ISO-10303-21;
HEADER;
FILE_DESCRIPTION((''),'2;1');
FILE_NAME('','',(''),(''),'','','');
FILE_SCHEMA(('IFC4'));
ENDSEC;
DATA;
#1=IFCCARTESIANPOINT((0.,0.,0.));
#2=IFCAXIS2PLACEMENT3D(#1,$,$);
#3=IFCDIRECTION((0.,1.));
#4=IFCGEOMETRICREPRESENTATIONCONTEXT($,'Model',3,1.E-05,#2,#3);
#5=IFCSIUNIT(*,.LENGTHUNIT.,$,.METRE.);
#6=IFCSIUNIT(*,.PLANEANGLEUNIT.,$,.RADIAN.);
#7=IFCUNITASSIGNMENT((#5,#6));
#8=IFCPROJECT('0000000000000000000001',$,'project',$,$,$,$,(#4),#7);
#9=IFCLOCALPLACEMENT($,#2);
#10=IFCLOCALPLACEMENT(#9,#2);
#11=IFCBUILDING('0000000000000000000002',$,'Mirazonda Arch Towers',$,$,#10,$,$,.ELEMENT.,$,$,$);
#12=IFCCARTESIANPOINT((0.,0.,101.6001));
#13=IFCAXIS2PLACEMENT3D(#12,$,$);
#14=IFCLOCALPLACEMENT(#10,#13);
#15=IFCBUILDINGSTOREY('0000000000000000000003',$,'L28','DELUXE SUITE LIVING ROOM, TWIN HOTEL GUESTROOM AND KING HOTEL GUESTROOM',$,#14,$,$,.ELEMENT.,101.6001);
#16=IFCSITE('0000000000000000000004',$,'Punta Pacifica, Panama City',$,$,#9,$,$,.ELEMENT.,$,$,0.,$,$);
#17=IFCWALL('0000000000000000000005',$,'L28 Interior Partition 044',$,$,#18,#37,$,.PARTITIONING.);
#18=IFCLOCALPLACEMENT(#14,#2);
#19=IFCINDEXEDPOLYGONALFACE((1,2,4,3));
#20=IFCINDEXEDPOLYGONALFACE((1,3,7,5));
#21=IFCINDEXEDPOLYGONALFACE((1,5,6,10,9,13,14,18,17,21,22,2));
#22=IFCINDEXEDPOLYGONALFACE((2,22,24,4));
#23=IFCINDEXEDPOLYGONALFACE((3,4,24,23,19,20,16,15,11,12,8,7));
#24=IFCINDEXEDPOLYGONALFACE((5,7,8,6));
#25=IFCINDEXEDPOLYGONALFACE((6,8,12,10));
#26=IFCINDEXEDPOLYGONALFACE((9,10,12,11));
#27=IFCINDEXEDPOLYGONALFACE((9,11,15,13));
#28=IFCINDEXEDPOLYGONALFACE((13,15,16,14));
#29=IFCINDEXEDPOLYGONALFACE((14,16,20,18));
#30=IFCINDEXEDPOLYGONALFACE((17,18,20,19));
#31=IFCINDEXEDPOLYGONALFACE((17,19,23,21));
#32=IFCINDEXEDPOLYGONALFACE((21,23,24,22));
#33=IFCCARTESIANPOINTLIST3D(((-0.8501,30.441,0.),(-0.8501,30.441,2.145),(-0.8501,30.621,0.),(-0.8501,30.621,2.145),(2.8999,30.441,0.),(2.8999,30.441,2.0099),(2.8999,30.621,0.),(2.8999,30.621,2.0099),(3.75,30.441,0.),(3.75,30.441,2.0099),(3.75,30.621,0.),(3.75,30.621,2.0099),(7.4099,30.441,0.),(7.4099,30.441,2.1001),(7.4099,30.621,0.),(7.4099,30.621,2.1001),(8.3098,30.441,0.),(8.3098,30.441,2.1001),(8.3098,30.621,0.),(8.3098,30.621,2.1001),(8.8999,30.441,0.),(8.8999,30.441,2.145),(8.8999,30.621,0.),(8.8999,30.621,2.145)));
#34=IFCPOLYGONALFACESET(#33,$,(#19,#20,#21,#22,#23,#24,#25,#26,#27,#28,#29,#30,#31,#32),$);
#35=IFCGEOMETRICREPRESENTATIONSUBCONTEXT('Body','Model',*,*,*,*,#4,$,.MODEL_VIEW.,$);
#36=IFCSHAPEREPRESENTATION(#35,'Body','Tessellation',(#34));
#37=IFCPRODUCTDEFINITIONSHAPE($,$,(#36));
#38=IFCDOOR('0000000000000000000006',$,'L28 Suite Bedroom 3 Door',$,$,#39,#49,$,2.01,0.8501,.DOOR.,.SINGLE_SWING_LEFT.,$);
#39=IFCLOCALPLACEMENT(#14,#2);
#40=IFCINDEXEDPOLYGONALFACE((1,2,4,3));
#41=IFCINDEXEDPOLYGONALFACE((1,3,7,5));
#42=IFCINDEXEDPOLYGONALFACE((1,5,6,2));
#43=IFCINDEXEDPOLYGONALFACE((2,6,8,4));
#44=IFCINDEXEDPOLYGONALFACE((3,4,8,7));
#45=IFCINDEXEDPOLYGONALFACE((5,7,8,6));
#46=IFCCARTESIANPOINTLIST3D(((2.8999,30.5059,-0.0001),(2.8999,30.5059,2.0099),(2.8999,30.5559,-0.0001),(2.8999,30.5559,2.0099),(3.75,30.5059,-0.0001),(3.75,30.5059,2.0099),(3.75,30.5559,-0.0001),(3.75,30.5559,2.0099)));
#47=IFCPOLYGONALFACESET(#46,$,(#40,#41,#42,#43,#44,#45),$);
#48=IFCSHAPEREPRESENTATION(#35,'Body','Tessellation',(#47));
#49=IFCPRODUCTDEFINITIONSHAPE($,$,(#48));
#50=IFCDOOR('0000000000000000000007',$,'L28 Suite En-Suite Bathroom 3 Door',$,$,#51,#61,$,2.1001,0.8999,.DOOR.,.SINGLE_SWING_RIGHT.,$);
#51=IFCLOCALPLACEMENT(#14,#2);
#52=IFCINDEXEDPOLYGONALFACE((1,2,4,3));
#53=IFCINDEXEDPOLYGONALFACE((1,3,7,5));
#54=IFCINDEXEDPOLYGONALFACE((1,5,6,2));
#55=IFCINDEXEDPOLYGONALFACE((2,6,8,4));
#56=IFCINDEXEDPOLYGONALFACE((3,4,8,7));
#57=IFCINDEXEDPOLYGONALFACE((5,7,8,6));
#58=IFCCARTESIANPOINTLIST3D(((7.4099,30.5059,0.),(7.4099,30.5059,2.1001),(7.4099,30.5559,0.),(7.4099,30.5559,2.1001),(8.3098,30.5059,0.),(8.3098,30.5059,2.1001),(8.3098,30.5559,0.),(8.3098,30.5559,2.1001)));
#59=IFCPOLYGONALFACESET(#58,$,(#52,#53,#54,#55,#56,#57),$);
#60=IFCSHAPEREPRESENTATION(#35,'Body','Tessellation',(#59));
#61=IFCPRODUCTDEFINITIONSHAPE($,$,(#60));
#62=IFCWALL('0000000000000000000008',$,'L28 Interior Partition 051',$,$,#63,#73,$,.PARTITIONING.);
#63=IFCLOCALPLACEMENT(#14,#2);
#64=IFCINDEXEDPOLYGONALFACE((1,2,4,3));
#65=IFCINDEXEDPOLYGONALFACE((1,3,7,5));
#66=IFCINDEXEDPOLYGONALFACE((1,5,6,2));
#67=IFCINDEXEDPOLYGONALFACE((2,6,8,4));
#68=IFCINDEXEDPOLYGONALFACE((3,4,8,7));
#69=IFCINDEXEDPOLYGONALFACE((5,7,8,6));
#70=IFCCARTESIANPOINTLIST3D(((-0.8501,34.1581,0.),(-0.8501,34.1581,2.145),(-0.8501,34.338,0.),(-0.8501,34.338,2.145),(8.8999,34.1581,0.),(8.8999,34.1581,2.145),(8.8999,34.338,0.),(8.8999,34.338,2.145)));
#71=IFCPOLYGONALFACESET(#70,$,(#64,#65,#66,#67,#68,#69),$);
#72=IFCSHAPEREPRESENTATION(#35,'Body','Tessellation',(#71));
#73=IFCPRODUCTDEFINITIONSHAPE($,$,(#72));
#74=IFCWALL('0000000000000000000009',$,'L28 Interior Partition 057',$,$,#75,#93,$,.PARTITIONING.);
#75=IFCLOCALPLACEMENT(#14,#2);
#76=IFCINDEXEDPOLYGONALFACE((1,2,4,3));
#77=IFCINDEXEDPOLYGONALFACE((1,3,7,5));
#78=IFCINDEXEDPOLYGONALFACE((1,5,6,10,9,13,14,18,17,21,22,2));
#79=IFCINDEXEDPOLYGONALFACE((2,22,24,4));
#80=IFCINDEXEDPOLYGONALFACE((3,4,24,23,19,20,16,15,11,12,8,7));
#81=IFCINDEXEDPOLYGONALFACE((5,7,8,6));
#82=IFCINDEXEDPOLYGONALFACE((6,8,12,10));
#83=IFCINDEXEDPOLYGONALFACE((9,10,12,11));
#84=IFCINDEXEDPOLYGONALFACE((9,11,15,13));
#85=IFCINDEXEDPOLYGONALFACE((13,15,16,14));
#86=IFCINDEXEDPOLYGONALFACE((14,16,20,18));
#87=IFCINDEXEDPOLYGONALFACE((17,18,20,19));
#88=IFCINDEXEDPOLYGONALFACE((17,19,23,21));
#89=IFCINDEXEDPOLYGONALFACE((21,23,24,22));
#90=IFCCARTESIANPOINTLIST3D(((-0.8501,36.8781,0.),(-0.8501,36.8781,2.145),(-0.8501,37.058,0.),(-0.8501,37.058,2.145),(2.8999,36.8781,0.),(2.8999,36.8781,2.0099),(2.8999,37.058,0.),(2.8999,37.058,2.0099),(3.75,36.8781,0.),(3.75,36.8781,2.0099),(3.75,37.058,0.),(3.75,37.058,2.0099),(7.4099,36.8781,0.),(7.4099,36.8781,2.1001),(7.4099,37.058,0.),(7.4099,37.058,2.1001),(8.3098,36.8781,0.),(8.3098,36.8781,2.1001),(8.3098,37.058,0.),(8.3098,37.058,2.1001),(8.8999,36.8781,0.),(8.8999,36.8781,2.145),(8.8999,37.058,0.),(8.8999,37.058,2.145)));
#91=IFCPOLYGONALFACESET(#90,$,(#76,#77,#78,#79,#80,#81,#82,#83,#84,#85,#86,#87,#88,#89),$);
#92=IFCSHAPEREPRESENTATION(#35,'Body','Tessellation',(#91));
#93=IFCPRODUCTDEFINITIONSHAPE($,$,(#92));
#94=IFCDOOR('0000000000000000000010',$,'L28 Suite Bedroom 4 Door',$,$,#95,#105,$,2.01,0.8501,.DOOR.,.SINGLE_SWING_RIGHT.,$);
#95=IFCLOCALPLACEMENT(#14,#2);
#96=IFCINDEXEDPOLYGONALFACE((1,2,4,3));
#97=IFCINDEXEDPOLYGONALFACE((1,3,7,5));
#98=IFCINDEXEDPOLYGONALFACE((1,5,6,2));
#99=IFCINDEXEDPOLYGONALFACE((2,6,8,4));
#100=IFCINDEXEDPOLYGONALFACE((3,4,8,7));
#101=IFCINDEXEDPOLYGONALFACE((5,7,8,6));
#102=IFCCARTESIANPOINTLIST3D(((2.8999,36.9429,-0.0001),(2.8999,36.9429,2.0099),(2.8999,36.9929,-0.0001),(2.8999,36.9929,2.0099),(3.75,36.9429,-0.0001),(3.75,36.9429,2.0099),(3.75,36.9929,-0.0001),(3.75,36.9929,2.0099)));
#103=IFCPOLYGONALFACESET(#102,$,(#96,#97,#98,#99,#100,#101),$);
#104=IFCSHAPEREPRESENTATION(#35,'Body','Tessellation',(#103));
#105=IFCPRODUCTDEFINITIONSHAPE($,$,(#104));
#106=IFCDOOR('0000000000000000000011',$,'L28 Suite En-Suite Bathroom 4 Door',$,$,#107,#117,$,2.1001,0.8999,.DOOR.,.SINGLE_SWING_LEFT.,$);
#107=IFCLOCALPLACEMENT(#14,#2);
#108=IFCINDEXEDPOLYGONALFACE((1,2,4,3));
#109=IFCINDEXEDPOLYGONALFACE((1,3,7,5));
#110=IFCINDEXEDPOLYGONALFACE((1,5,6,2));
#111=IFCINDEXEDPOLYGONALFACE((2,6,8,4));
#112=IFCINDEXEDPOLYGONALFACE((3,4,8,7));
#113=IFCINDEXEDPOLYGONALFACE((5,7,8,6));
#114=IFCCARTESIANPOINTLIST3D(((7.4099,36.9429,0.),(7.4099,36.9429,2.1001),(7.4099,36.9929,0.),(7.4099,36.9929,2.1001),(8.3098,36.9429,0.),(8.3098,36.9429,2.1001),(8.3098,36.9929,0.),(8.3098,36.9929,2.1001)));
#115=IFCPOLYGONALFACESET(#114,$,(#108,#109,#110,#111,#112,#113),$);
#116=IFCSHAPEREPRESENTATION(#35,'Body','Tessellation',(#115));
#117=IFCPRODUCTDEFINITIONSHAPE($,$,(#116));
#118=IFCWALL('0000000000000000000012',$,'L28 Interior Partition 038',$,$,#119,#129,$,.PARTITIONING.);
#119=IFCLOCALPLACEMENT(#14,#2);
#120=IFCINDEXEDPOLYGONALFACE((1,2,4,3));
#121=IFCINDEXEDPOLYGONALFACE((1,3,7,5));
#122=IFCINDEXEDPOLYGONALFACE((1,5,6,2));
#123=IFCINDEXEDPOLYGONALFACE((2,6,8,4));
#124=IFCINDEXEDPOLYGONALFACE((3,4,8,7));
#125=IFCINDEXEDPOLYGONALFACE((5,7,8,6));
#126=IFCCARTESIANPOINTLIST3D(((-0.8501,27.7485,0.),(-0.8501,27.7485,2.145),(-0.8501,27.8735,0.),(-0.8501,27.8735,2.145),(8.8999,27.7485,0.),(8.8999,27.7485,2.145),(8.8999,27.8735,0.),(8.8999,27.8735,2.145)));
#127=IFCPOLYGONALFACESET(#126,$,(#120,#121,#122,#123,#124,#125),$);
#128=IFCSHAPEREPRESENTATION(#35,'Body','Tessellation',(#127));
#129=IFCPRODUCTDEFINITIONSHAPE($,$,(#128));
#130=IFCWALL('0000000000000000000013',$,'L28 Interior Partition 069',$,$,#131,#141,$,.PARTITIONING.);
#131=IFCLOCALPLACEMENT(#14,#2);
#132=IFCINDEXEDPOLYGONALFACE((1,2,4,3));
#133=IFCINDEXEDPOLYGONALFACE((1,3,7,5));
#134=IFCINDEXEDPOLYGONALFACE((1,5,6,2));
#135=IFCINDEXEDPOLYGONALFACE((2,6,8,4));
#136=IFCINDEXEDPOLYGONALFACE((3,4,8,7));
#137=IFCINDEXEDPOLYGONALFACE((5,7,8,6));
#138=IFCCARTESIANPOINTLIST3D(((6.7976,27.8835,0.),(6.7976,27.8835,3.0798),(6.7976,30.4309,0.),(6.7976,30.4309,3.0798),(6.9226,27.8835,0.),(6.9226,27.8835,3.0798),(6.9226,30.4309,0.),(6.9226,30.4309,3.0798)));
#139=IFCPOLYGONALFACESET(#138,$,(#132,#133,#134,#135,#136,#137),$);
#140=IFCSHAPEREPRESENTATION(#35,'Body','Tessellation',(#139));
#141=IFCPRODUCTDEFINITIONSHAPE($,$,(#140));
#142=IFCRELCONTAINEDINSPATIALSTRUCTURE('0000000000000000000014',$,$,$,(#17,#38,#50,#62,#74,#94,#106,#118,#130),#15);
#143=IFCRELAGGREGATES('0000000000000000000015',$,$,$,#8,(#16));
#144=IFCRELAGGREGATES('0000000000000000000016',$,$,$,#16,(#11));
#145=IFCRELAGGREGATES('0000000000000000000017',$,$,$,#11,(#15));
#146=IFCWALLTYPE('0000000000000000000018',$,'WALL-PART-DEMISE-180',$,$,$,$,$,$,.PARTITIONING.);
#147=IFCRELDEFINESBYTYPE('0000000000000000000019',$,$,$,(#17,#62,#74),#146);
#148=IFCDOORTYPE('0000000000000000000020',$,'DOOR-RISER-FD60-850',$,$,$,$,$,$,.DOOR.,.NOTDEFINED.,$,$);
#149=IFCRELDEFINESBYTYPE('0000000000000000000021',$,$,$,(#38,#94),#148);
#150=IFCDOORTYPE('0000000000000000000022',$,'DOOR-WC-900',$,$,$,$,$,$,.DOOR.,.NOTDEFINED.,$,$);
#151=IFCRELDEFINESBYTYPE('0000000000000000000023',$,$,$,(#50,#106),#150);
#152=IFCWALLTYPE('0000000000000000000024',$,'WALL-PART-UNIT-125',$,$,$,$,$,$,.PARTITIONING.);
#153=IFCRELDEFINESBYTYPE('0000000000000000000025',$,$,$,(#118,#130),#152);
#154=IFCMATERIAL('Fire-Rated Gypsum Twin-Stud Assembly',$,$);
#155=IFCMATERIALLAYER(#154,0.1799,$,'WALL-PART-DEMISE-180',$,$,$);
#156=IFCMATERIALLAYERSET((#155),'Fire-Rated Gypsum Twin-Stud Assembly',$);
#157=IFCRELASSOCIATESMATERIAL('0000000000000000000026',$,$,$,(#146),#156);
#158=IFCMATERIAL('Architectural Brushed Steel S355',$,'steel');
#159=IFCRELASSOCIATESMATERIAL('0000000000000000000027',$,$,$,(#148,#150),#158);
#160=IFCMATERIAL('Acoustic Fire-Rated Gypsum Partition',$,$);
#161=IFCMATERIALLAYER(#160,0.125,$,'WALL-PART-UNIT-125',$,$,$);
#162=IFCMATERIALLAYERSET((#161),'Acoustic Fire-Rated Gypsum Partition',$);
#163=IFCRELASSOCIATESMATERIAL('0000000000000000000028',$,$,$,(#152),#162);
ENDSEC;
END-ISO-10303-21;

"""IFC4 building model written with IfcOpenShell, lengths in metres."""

from ifc_helpers import new_model, si_unit, direction, frame, frame_2d, origin, place, context, subcontext, project, spatial, rectangle, extrude, material, layer, layer_set, type_object, element, fill, save


model = new_model("IFC4")

# Units and contexts
model_context = context("Model", 3, precision=1e-05, world=origin(), true_north=direction((0.0, 1.0)))
body_context = subcontext(model_context, "Body", "Model", "MODEL_VIEW")
ifc_project = project(units=[si_unit("LENGTHUNIT", "METRE"), si_unit("PLANEANGLEUNIT", "RADIAN")], contexts=[model_context])

# Site, building, storey
site_placement = place(None, origin())
site = spatial("IfcSite", under=ifc_project, at=site_placement, Name="Punta Pacifica, Panama City", CompositionType="ELEMENT", RefElevation=0.0)
building_placement = place(site_placement, origin())
building = spatial("IfcBuilding", under=site, at=building_placement, Name="Mirazonda Arch Towers", CompositionType="ELEMENT")
storey_placement = place(building_placement, frame((0.0, 0.0, 101.6001)))
storey = spatial("IfcBuildingStorey", under=building, at=storey_placement, Name="L28", Description="DELUXE SUITE LIVING ROOM, TWIN HOTEL GUESTROOM AND KING HOTEL GUESTROOM", CompositionType="ELEMENT", Elevation=101.6001)

# Wall, openings, doors
ifc_material_1 = material(Name="Fire-Rated Gypsum Twin-Stud Assembly")
ifc_layer_1 = layer(ifc_material_1, 0.1799, Name="WALL-PART-DEMISE-180")
ifc_layer_set_1 = layer_set([ifc_layer_1], Name="Fire-Rated Gypsum Twin-Stud Assembly")
wall_type_1 = type_object("IfcWallType", Name="WALL-PART-DEMISE-180", PredefinedType="PARTITIONING", material=ifc_layer_set_1)
wall_1_placement = place(storey_placement, frame((-0.8501, 30.531, 0.0), z_axis=(0.0, 0.0, 1.0), x_axis=(1.0, 0.0, 0.0)))
wall_1 = element("IfcWall", 1, at=wall_1_placement, inside=storey, type_object=wall_type_1, Name="L28 Interior Partition 044", PredefinedType="PARTITIONING", context=body_context, shape_type="SweptSolid", body=[
    extrude(rectangle(XDim=9.75, YDim=0.1799, at=frame_2d((4.875, 0.0))), origin(), (0.0, 0.0, 1.0), 2.145),
])
opening_1_placement = place(wall_1_placement, frame((3.75, 0.0, 0.0)))
opening_1 = element("IfcOpeningElement", 2, at=opening_1_placement, cuts=wall_1, PredefinedType="OPENING", context=body_context, shape_type="SweptSolid", body=[
    extrude(rectangle(XDim=0.8501, YDim=2.01, at=frame_2d((0.425, 1.0049))), frame((0.0, 0.0999, 0.0), z_axis=(0.0, -1.0, 0.0), x_axis=(1.0, 0.0, 0.0)), (0.0, 0.0, 1.0), 0.2),
])
opening_2_placement = place(wall_1_placement, frame((8.26, 0.0, 0.0)))
opening_2 = element("IfcOpeningElement", 3, at=opening_2_placement, cuts=wall_1, PredefinedType="OPENING", context=body_context, shape_type="SweptSolid", body=[
    extrude(rectangle(XDim=0.8999, YDim=2.1001, at=frame_2d((0.45, 1.05))), frame((0.0, 0.0999, 0.0), z_axis=(0.0, -1.0, 0.0), x_axis=(1.0, 0.0, 0.0)), (0.0, 0.0, 1.0), 0.2),
])
ifc_material_2 = material(Name="Architectural Brushed Steel S355", Category="steel")
door_type_1 = type_object("IfcDoorType", Name="DOOR-RISER-FD60-850", OperationType="NOTDEFINED", PredefinedType="DOOR", material=ifc_material_2)
door_1_placement = place(opening_1_placement, origin())
door_1 = element("IfcDoor", 4, at=door_1_placement, inside=storey, type_object=door_type_1, Name="L28 Suite Bedroom 3 Door", OperationType="SINGLE_SWING_LEFT", OverallHeight=2.01, OverallWidth=0.8501, PredefinedType="DOOR", context=body_context, shape_type="SweptSolid", body=[
    extrude(rectangle(XDim=0.8501, YDim=2.01, at=frame_2d((0.425, 1.0049))), frame((0.0, 0.0249, 0.0), z_axis=(0.0, -1.0, 0.0), x_axis=(1.0, 0.0, 0.0)), (0.0, 0.0, 1.0), 0.05),
])
fill(opening_1, door_1)
door_type_2 = type_object("IfcDoorType", Name="DOOR-WC-900", OperationType="NOTDEFINED", PredefinedType="DOOR", material=ifc_material_2)
door_2_placement = place(opening_2_placement, origin())
door_2 = element("IfcDoor", 5, at=door_2_placement, inside=storey, type_object=door_type_2, Name="L28 Suite En-Suite Bathroom 3 Door", OperationType="SINGLE_SWING_RIGHT", OverallHeight=2.1001, OverallWidth=0.8999, PredefinedType="DOOR", context=body_context, shape_type="SweptSolid", body=[
    extrude(rectangle(XDim=0.8999, YDim=2.1001, at=frame_2d((0.45, 1.05))), frame((0.0, 0.0249, 0.0), z_axis=(0.0, -1.0, 0.0), x_axis=(1.0, 0.0, 0.0)), (0.0, 0.0, 1.0), 0.05),
])
fill(opening_2, door_2)

# Wall
wall_2_placement = place(storey_placement, frame((-0.8501, 34.248, 0.0), z_axis=(0.0, 0.0, 1.0), x_axis=(1.0, 0.0, 0.0)))
element("IfcWall", 6, at=wall_2_placement, inside=storey, type_object=wall_type_1, Name="L28 Interior Partition 051", PredefinedType="PARTITIONING", context=body_context, shape_type="SweptSolid", body=[
    extrude(rectangle(XDim=9.75, YDim=0.1799, at=frame_2d((4.875, 0.0))), origin(), (0.0, 0.0, 1.0), 2.145),
])

# Wall, openings, doors
wall_3_placement = place(storey_placement, frame((-0.8501, 36.968, 0.0), z_axis=(0.0, 0.0, 1.0), x_axis=(1.0, 0.0, 0.0)))
wall_3 = element("IfcWall", 7, at=wall_3_placement, inside=storey, type_object=wall_type_1, Name="L28 Interior Partition 057", PredefinedType="PARTITIONING", context=body_context, shape_type="SweptSolid", body=[
    extrude(rectangle(XDim=9.75, YDim=0.1799, at=frame_2d((4.875, 0.0))), origin(), (0.0, 0.0, 1.0), 2.145),
])
opening_3_placement = place(wall_3_placement, frame((3.75, 0.0, 0.0)))
opening_3 = element("IfcOpeningElement", 8, at=opening_3_placement, cuts=wall_3, PredefinedType="OPENING", context=body_context, shape_type="SweptSolid", body=[
    extrude(rectangle(XDim=0.8501, YDim=2.01, at=frame_2d((0.425, 1.0049))), frame((0.0, 0.0999, 0.0), z_axis=(0.0, -1.0, 0.0), x_axis=(1.0, 0.0, 0.0)), (0.0, 0.0, 1.0), 0.2),
])
opening_4_placement = place(wall_3_placement, frame((8.26, 0.0, 0.0)))
opening_4 = element("IfcOpeningElement", 9, at=opening_4_placement, cuts=wall_3, PredefinedType="OPENING", context=body_context, shape_type="SweptSolid", body=[
    extrude(rectangle(XDim=0.8999, YDim=2.1001, at=frame_2d((0.45, 1.05))), frame((0.0, 0.0999, 0.0), z_axis=(0.0, -1.0, 0.0), x_axis=(1.0, 0.0, 0.0)), (0.0, 0.0, 1.0), 0.2),
])
door_3_placement = place(opening_3_placement, origin())
door_3 = element("IfcDoor", 10, at=door_3_placement, inside=storey, type_object=door_type_1, Name="L28 Suite Bedroom 4 Door", OperationType="SINGLE_SWING_RIGHT", OverallHeight=2.01, OverallWidth=0.8501, PredefinedType="DOOR", context=body_context, shape_type="SweptSolid", body=[
    extrude(rectangle(XDim=0.8501, YDim=2.01, at=frame_2d((0.425, 1.0049))), frame((0.0, 0.0249, 0.0), z_axis=(0.0, -1.0, 0.0), x_axis=(1.0, 0.0, 0.0)), (0.0, 0.0, 1.0), 0.05),
])
fill(opening_3, door_3)
door_4_placement = place(opening_4_placement, origin())
door_4 = element("IfcDoor", 11, at=door_4_placement, inside=storey, type_object=door_type_2, Name="L28 Suite En-Suite Bathroom 4 Door", OperationType="SINGLE_SWING_LEFT", OverallHeight=2.1001, OverallWidth=0.8999, PredefinedType="DOOR", context=body_context, shape_type="SweptSolid", body=[
    extrude(rectangle(XDim=0.8999, YDim=2.1001, at=frame_2d((0.45, 1.05))), frame((0.0, 0.0249, 0.0), z_axis=(0.0, -1.0, 0.0), x_axis=(1.0, 0.0, 0.0)), (0.0, 0.0, 1.0), 0.05),
])
fill(opening_4, door_4)

# Walls
ifc_material_3 = material(Name="Acoustic Fire-Rated Gypsum Partition")
ifc_layer_2 = layer(ifc_material_3, 0.125, Name="WALL-PART-UNIT-125")
ifc_layer_set_2 = layer_set([ifc_layer_2], Name="Acoustic Fire-Rated Gypsum Partition")
wall_type_2 = type_object("IfcWallType", Name="WALL-PART-UNIT-125", PredefinedType="PARTITIONING", material=ifc_layer_set_2)
wall_4_placement = place(storey_placement, frame((-0.8501, 27.811, 0.0), z_axis=(0.0, 0.0, 1.0), x_axis=(1.0, 0.0, 0.0)))
element("IfcWall", 12, at=wall_4_placement, inside=storey, type_object=wall_type_2, Name="L28 Interior Partition 038", PredefinedType="PARTITIONING", context=body_context, shape_type="SweptSolid", body=[
    extrude(rectangle(XDim=9.75, YDim=0.125, at=frame_2d((4.875, 0.0))), origin(), (0.0, 0.0, 1.0), 2.145),
])
wall_5_placement = place(storey_placement, frame((6.8601, 27.8835, 0.0), z_axis=(0.0, 0.0, 1.0), x_axis=(0.0, 1.0, 0.0)))
element("IfcWall", 13, at=wall_5_placement, inside=storey, type_object=wall_type_2, Name="L28 Interior Partition 069", PredefinedType="PARTITIONING", context=body_context, shape_type="SweptSolid", body=[
    extrude(rectangle(XDim=2.5474, YDim=0.125, at=frame_2d((1.2737, 0.0))), origin(), (0.0, 0.0, 1.0), 3.0798),
])

save(model, "model.ifc")
